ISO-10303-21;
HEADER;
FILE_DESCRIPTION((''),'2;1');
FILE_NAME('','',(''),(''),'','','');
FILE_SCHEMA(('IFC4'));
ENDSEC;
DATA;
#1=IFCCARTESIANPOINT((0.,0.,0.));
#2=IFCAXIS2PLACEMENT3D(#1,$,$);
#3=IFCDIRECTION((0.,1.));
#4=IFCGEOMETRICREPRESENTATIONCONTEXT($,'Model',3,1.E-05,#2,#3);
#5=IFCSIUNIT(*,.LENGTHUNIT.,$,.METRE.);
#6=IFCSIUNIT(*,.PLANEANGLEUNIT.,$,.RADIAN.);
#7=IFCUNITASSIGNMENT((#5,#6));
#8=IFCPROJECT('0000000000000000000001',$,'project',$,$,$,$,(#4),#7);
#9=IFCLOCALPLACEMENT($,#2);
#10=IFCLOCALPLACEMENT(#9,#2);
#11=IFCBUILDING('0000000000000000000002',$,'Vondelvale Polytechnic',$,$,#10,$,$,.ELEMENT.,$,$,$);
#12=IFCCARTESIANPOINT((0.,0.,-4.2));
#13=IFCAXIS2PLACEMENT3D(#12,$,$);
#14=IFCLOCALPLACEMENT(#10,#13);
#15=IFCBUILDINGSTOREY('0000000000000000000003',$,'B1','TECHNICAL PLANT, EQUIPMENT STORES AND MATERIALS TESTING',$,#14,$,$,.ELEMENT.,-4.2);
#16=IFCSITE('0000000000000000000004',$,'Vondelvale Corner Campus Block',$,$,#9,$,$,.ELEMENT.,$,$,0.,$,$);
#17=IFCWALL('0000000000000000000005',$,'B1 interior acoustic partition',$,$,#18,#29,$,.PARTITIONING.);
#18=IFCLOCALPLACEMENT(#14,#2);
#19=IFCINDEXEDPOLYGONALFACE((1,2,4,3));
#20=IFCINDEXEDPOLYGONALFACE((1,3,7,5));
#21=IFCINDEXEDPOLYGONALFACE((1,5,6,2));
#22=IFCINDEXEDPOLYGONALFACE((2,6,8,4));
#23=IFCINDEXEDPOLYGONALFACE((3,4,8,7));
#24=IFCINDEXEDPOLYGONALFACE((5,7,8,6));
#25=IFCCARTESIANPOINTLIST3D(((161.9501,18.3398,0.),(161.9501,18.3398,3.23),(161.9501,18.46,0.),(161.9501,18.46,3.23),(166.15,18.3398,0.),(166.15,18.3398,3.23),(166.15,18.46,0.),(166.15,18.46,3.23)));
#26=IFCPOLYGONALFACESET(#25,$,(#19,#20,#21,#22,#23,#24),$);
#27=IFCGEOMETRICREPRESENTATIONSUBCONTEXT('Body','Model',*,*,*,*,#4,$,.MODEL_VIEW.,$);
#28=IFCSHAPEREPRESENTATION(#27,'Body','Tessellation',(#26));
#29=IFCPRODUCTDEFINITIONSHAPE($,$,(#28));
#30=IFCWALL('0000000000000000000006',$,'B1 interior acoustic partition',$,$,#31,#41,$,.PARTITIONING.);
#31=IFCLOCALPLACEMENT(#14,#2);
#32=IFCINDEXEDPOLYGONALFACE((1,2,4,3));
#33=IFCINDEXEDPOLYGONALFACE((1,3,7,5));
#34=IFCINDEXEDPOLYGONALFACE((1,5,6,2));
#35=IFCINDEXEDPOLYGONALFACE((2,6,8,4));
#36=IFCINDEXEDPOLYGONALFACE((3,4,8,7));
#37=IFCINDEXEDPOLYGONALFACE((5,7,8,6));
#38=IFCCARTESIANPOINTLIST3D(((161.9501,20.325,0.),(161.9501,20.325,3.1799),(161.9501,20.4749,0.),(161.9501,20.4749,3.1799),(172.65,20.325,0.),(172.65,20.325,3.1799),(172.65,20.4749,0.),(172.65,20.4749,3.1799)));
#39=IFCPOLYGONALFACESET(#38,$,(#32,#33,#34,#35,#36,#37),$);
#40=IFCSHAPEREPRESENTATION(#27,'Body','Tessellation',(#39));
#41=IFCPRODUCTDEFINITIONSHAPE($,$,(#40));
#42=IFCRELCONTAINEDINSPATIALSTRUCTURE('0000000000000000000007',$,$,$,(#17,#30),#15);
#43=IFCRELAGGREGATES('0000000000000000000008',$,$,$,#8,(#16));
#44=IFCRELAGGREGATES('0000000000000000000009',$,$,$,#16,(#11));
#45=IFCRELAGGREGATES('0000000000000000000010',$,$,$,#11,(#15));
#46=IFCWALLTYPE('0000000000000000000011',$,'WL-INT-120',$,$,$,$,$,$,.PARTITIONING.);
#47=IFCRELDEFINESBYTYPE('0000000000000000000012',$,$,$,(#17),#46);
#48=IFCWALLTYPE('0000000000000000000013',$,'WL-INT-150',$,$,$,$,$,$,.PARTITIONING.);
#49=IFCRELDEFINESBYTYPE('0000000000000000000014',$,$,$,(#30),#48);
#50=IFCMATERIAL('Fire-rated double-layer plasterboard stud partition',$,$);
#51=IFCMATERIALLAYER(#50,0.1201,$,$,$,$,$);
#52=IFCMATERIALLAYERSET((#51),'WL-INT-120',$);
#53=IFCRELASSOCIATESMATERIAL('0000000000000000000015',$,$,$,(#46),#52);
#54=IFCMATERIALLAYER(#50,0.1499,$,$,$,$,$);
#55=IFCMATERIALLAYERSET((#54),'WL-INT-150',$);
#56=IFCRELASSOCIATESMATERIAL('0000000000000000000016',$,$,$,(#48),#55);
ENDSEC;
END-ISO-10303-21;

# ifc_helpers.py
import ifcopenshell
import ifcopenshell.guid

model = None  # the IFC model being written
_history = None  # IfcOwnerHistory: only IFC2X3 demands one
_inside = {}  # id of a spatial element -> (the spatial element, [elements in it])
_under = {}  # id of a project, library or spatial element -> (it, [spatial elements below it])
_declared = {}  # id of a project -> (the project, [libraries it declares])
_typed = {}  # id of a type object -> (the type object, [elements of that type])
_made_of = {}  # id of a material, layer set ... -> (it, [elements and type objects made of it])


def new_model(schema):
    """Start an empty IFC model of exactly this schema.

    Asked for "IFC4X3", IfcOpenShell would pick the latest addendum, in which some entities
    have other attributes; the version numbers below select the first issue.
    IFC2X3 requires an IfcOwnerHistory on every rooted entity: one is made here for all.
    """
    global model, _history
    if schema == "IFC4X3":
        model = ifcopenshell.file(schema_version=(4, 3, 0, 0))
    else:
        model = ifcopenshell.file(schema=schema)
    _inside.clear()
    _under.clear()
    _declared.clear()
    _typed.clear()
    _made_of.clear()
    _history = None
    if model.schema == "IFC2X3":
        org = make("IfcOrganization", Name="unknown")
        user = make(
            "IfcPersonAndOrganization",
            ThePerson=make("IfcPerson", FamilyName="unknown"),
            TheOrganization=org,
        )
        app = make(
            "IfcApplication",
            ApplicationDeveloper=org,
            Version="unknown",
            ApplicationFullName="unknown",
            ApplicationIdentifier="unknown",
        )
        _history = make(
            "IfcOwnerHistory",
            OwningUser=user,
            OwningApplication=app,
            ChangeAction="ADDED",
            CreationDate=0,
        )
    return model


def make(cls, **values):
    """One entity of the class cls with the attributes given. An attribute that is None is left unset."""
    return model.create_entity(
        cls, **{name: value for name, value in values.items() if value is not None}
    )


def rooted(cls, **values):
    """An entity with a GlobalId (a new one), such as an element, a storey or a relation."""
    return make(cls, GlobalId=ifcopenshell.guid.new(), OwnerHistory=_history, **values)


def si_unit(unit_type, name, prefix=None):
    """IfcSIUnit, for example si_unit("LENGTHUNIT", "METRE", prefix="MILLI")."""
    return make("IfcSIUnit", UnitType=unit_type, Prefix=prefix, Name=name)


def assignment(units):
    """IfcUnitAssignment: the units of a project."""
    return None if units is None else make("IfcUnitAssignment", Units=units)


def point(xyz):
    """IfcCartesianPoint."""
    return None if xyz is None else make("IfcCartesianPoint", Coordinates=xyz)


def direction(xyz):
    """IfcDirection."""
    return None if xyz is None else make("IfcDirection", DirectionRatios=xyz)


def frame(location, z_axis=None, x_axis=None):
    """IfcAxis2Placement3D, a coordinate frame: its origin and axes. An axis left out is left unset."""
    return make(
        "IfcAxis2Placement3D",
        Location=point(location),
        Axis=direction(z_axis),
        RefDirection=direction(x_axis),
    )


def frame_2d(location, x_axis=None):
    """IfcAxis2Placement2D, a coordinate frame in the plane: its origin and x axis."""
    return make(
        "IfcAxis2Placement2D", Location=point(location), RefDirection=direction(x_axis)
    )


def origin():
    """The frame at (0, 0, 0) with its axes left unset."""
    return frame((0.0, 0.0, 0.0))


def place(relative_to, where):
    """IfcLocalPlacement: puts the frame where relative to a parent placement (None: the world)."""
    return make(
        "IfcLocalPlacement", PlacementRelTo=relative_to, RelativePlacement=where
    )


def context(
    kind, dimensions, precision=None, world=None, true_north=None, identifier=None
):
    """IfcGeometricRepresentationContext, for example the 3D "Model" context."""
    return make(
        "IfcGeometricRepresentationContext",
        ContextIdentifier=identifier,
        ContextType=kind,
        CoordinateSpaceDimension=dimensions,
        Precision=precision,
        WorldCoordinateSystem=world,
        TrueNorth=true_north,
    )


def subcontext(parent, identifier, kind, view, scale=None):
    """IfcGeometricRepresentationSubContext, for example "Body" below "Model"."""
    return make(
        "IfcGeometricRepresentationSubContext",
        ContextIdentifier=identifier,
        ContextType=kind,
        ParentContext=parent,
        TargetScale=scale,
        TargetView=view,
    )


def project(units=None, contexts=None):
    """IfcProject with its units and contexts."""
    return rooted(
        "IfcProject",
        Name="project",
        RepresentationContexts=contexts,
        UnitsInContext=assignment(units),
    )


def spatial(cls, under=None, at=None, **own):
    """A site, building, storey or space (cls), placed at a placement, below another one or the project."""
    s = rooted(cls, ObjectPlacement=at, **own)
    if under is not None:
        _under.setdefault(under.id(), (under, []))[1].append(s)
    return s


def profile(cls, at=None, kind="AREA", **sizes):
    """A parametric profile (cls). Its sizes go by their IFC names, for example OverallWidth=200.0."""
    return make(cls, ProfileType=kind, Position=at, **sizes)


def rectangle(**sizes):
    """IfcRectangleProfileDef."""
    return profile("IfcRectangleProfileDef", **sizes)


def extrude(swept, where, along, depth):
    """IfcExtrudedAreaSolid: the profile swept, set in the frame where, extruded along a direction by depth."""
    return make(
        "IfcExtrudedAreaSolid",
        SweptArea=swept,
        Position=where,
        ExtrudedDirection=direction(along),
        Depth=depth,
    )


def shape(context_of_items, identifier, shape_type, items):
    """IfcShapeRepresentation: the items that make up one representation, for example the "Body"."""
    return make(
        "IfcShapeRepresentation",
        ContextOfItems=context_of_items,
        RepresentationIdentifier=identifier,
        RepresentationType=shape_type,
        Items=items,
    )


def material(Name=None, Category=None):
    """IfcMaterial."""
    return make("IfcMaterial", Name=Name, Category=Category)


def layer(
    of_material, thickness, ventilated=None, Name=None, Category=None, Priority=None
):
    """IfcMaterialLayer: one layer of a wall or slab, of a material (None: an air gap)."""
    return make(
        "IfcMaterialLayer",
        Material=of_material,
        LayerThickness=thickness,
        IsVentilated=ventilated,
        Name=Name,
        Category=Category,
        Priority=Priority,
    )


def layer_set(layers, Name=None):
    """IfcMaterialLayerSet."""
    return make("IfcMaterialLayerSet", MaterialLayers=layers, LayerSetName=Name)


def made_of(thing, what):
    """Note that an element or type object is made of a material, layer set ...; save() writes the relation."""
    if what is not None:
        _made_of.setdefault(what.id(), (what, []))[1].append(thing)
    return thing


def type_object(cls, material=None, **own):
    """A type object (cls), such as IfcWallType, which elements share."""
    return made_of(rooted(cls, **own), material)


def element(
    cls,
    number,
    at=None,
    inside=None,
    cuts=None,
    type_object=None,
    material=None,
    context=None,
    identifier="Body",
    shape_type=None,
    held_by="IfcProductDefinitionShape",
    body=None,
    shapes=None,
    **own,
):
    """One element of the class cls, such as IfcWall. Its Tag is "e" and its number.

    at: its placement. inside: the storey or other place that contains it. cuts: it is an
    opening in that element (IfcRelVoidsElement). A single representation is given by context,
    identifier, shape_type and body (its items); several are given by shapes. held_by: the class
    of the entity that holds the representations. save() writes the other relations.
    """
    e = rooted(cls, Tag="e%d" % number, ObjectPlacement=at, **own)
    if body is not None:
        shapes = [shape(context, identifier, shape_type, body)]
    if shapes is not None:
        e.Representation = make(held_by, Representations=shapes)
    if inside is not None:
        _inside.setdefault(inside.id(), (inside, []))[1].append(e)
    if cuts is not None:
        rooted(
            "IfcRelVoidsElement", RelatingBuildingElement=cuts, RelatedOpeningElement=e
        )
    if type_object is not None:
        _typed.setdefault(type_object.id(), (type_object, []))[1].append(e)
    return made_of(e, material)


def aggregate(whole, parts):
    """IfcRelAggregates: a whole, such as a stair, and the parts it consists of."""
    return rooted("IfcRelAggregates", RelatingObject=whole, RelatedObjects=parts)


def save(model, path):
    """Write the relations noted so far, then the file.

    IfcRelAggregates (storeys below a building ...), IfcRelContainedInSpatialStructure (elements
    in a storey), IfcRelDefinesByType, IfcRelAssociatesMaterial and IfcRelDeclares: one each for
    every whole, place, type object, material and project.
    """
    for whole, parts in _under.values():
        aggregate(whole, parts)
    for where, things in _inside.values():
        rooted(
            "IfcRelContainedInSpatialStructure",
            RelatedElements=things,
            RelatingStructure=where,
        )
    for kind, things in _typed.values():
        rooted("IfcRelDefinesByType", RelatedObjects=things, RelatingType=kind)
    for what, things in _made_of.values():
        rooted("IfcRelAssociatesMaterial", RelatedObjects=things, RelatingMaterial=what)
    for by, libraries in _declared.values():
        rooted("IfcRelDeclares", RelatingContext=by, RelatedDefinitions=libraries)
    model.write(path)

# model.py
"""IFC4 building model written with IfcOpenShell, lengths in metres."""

from ifc_helpers import new_model, si_unit, direction, frame, frame_2d, origin, place, context, subcontext, project, spatial, rectangle, extrude, material, layer, layer_set, type_object, element, save


model = new_model("IFC4")

# Units and contexts
model_context = context("Model", 3, precision=1e-05, world=origin(), true_north=direction((0.0, 1.0)))
body_context = subcontext(model_context, "Body", "Model", "MODEL_VIEW")
ifc_project = project(units=[si_unit("LENGTHUNIT", "METRE"), si_unit("PLANEANGLEUNIT", "RADIAN")], contexts=[model_context])

# Site, building, storey
site_placement = place(None, origin())
site = spatial("IfcSite", under=ifc_project, at=site_placement, Name="Vondelvale Corner Campus Block", CompositionType="ELEMENT", RefElevation=0.0)
building_placement = place(site_placement, origin())
building = spatial("IfcBuilding", under=site, at=building_placement, Name="Vondelvale Polytechnic", CompositionType="ELEMENT")
storey_placement = place(building_placement, frame((0.0, 0.0, -4.2)))
storey = spatial("IfcBuildingStorey", under=building, at=storey_placement, Name="B1", Description="TECHNICAL PLANT, EQUIPMENT STORES AND MATERIALS TESTING", CompositionType="ELEMENT", Elevation=-4.2)

# Walls
ifc_material_1 = material(Name="Fire-rated double-layer plasterboard stud partition")
ifc_layer_1 = layer(ifc_material_1, 0.1201)
ifc_layer_set_1 = layer_set([ifc_layer_1], Name="WL-INT-120")
wall_type_1 = type_object("IfcWallType", Name="WL-INT-120", PredefinedType="PARTITIONING", material=ifc_layer_set_1)
wall_1_placement = place(storey_placement, frame((161.95, 18.3999, 0.0), z_axis=(0.0, 0.0, 1.0), x_axis=(1.0, 0.0, 0.0)))
element("IfcWall", 1, at=wall_1_placement, inside=storey, type_object=wall_type_1, Name="B1 interior acoustic partition", PredefinedType="PARTITIONING", context=body_context, shape_type="SweptSolid", body=[
    extrude(rectangle(XDim=4.2, YDim=0.1201, at=frame_2d((2.1001, 0.0))), origin(), (0.0, 0.0, 1.0), 3.23),
])
ifc_layer_2 = layer(ifc_material_1, 0.1499)
ifc_layer_set_2 = layer_set([ifc_layer_2], Name="WL-INT-150")
wall_type_2 = type_object("IfcWallType", Name="WL-INT-150", PredefinedType="PARTITIONING", material=ifc_layer_set_2)
wall_2_placement = place(storey_placement, frame((161.95, 20.3999, 0.0), z_axis=(0.0, 0.0, 1.0), x_axis=(1.0, 0.0, 0.0)))
element("IfcWall", 2, at=wall_2_placement, inside=storey, type_object=wall_type_2, Name="B1 interior acoustic partition", PredefinedType="PARTITIONING", context=body_context, shape_type="SweptSolid", body=[
    extrude(rectangle(XDim=10.7, YDim=0.1499, at=frame_2d((5.3501, 0.0))), origin(), (0.0, 0.0, 1.0), 3.1799),
])

save(model, "model.ifc")
